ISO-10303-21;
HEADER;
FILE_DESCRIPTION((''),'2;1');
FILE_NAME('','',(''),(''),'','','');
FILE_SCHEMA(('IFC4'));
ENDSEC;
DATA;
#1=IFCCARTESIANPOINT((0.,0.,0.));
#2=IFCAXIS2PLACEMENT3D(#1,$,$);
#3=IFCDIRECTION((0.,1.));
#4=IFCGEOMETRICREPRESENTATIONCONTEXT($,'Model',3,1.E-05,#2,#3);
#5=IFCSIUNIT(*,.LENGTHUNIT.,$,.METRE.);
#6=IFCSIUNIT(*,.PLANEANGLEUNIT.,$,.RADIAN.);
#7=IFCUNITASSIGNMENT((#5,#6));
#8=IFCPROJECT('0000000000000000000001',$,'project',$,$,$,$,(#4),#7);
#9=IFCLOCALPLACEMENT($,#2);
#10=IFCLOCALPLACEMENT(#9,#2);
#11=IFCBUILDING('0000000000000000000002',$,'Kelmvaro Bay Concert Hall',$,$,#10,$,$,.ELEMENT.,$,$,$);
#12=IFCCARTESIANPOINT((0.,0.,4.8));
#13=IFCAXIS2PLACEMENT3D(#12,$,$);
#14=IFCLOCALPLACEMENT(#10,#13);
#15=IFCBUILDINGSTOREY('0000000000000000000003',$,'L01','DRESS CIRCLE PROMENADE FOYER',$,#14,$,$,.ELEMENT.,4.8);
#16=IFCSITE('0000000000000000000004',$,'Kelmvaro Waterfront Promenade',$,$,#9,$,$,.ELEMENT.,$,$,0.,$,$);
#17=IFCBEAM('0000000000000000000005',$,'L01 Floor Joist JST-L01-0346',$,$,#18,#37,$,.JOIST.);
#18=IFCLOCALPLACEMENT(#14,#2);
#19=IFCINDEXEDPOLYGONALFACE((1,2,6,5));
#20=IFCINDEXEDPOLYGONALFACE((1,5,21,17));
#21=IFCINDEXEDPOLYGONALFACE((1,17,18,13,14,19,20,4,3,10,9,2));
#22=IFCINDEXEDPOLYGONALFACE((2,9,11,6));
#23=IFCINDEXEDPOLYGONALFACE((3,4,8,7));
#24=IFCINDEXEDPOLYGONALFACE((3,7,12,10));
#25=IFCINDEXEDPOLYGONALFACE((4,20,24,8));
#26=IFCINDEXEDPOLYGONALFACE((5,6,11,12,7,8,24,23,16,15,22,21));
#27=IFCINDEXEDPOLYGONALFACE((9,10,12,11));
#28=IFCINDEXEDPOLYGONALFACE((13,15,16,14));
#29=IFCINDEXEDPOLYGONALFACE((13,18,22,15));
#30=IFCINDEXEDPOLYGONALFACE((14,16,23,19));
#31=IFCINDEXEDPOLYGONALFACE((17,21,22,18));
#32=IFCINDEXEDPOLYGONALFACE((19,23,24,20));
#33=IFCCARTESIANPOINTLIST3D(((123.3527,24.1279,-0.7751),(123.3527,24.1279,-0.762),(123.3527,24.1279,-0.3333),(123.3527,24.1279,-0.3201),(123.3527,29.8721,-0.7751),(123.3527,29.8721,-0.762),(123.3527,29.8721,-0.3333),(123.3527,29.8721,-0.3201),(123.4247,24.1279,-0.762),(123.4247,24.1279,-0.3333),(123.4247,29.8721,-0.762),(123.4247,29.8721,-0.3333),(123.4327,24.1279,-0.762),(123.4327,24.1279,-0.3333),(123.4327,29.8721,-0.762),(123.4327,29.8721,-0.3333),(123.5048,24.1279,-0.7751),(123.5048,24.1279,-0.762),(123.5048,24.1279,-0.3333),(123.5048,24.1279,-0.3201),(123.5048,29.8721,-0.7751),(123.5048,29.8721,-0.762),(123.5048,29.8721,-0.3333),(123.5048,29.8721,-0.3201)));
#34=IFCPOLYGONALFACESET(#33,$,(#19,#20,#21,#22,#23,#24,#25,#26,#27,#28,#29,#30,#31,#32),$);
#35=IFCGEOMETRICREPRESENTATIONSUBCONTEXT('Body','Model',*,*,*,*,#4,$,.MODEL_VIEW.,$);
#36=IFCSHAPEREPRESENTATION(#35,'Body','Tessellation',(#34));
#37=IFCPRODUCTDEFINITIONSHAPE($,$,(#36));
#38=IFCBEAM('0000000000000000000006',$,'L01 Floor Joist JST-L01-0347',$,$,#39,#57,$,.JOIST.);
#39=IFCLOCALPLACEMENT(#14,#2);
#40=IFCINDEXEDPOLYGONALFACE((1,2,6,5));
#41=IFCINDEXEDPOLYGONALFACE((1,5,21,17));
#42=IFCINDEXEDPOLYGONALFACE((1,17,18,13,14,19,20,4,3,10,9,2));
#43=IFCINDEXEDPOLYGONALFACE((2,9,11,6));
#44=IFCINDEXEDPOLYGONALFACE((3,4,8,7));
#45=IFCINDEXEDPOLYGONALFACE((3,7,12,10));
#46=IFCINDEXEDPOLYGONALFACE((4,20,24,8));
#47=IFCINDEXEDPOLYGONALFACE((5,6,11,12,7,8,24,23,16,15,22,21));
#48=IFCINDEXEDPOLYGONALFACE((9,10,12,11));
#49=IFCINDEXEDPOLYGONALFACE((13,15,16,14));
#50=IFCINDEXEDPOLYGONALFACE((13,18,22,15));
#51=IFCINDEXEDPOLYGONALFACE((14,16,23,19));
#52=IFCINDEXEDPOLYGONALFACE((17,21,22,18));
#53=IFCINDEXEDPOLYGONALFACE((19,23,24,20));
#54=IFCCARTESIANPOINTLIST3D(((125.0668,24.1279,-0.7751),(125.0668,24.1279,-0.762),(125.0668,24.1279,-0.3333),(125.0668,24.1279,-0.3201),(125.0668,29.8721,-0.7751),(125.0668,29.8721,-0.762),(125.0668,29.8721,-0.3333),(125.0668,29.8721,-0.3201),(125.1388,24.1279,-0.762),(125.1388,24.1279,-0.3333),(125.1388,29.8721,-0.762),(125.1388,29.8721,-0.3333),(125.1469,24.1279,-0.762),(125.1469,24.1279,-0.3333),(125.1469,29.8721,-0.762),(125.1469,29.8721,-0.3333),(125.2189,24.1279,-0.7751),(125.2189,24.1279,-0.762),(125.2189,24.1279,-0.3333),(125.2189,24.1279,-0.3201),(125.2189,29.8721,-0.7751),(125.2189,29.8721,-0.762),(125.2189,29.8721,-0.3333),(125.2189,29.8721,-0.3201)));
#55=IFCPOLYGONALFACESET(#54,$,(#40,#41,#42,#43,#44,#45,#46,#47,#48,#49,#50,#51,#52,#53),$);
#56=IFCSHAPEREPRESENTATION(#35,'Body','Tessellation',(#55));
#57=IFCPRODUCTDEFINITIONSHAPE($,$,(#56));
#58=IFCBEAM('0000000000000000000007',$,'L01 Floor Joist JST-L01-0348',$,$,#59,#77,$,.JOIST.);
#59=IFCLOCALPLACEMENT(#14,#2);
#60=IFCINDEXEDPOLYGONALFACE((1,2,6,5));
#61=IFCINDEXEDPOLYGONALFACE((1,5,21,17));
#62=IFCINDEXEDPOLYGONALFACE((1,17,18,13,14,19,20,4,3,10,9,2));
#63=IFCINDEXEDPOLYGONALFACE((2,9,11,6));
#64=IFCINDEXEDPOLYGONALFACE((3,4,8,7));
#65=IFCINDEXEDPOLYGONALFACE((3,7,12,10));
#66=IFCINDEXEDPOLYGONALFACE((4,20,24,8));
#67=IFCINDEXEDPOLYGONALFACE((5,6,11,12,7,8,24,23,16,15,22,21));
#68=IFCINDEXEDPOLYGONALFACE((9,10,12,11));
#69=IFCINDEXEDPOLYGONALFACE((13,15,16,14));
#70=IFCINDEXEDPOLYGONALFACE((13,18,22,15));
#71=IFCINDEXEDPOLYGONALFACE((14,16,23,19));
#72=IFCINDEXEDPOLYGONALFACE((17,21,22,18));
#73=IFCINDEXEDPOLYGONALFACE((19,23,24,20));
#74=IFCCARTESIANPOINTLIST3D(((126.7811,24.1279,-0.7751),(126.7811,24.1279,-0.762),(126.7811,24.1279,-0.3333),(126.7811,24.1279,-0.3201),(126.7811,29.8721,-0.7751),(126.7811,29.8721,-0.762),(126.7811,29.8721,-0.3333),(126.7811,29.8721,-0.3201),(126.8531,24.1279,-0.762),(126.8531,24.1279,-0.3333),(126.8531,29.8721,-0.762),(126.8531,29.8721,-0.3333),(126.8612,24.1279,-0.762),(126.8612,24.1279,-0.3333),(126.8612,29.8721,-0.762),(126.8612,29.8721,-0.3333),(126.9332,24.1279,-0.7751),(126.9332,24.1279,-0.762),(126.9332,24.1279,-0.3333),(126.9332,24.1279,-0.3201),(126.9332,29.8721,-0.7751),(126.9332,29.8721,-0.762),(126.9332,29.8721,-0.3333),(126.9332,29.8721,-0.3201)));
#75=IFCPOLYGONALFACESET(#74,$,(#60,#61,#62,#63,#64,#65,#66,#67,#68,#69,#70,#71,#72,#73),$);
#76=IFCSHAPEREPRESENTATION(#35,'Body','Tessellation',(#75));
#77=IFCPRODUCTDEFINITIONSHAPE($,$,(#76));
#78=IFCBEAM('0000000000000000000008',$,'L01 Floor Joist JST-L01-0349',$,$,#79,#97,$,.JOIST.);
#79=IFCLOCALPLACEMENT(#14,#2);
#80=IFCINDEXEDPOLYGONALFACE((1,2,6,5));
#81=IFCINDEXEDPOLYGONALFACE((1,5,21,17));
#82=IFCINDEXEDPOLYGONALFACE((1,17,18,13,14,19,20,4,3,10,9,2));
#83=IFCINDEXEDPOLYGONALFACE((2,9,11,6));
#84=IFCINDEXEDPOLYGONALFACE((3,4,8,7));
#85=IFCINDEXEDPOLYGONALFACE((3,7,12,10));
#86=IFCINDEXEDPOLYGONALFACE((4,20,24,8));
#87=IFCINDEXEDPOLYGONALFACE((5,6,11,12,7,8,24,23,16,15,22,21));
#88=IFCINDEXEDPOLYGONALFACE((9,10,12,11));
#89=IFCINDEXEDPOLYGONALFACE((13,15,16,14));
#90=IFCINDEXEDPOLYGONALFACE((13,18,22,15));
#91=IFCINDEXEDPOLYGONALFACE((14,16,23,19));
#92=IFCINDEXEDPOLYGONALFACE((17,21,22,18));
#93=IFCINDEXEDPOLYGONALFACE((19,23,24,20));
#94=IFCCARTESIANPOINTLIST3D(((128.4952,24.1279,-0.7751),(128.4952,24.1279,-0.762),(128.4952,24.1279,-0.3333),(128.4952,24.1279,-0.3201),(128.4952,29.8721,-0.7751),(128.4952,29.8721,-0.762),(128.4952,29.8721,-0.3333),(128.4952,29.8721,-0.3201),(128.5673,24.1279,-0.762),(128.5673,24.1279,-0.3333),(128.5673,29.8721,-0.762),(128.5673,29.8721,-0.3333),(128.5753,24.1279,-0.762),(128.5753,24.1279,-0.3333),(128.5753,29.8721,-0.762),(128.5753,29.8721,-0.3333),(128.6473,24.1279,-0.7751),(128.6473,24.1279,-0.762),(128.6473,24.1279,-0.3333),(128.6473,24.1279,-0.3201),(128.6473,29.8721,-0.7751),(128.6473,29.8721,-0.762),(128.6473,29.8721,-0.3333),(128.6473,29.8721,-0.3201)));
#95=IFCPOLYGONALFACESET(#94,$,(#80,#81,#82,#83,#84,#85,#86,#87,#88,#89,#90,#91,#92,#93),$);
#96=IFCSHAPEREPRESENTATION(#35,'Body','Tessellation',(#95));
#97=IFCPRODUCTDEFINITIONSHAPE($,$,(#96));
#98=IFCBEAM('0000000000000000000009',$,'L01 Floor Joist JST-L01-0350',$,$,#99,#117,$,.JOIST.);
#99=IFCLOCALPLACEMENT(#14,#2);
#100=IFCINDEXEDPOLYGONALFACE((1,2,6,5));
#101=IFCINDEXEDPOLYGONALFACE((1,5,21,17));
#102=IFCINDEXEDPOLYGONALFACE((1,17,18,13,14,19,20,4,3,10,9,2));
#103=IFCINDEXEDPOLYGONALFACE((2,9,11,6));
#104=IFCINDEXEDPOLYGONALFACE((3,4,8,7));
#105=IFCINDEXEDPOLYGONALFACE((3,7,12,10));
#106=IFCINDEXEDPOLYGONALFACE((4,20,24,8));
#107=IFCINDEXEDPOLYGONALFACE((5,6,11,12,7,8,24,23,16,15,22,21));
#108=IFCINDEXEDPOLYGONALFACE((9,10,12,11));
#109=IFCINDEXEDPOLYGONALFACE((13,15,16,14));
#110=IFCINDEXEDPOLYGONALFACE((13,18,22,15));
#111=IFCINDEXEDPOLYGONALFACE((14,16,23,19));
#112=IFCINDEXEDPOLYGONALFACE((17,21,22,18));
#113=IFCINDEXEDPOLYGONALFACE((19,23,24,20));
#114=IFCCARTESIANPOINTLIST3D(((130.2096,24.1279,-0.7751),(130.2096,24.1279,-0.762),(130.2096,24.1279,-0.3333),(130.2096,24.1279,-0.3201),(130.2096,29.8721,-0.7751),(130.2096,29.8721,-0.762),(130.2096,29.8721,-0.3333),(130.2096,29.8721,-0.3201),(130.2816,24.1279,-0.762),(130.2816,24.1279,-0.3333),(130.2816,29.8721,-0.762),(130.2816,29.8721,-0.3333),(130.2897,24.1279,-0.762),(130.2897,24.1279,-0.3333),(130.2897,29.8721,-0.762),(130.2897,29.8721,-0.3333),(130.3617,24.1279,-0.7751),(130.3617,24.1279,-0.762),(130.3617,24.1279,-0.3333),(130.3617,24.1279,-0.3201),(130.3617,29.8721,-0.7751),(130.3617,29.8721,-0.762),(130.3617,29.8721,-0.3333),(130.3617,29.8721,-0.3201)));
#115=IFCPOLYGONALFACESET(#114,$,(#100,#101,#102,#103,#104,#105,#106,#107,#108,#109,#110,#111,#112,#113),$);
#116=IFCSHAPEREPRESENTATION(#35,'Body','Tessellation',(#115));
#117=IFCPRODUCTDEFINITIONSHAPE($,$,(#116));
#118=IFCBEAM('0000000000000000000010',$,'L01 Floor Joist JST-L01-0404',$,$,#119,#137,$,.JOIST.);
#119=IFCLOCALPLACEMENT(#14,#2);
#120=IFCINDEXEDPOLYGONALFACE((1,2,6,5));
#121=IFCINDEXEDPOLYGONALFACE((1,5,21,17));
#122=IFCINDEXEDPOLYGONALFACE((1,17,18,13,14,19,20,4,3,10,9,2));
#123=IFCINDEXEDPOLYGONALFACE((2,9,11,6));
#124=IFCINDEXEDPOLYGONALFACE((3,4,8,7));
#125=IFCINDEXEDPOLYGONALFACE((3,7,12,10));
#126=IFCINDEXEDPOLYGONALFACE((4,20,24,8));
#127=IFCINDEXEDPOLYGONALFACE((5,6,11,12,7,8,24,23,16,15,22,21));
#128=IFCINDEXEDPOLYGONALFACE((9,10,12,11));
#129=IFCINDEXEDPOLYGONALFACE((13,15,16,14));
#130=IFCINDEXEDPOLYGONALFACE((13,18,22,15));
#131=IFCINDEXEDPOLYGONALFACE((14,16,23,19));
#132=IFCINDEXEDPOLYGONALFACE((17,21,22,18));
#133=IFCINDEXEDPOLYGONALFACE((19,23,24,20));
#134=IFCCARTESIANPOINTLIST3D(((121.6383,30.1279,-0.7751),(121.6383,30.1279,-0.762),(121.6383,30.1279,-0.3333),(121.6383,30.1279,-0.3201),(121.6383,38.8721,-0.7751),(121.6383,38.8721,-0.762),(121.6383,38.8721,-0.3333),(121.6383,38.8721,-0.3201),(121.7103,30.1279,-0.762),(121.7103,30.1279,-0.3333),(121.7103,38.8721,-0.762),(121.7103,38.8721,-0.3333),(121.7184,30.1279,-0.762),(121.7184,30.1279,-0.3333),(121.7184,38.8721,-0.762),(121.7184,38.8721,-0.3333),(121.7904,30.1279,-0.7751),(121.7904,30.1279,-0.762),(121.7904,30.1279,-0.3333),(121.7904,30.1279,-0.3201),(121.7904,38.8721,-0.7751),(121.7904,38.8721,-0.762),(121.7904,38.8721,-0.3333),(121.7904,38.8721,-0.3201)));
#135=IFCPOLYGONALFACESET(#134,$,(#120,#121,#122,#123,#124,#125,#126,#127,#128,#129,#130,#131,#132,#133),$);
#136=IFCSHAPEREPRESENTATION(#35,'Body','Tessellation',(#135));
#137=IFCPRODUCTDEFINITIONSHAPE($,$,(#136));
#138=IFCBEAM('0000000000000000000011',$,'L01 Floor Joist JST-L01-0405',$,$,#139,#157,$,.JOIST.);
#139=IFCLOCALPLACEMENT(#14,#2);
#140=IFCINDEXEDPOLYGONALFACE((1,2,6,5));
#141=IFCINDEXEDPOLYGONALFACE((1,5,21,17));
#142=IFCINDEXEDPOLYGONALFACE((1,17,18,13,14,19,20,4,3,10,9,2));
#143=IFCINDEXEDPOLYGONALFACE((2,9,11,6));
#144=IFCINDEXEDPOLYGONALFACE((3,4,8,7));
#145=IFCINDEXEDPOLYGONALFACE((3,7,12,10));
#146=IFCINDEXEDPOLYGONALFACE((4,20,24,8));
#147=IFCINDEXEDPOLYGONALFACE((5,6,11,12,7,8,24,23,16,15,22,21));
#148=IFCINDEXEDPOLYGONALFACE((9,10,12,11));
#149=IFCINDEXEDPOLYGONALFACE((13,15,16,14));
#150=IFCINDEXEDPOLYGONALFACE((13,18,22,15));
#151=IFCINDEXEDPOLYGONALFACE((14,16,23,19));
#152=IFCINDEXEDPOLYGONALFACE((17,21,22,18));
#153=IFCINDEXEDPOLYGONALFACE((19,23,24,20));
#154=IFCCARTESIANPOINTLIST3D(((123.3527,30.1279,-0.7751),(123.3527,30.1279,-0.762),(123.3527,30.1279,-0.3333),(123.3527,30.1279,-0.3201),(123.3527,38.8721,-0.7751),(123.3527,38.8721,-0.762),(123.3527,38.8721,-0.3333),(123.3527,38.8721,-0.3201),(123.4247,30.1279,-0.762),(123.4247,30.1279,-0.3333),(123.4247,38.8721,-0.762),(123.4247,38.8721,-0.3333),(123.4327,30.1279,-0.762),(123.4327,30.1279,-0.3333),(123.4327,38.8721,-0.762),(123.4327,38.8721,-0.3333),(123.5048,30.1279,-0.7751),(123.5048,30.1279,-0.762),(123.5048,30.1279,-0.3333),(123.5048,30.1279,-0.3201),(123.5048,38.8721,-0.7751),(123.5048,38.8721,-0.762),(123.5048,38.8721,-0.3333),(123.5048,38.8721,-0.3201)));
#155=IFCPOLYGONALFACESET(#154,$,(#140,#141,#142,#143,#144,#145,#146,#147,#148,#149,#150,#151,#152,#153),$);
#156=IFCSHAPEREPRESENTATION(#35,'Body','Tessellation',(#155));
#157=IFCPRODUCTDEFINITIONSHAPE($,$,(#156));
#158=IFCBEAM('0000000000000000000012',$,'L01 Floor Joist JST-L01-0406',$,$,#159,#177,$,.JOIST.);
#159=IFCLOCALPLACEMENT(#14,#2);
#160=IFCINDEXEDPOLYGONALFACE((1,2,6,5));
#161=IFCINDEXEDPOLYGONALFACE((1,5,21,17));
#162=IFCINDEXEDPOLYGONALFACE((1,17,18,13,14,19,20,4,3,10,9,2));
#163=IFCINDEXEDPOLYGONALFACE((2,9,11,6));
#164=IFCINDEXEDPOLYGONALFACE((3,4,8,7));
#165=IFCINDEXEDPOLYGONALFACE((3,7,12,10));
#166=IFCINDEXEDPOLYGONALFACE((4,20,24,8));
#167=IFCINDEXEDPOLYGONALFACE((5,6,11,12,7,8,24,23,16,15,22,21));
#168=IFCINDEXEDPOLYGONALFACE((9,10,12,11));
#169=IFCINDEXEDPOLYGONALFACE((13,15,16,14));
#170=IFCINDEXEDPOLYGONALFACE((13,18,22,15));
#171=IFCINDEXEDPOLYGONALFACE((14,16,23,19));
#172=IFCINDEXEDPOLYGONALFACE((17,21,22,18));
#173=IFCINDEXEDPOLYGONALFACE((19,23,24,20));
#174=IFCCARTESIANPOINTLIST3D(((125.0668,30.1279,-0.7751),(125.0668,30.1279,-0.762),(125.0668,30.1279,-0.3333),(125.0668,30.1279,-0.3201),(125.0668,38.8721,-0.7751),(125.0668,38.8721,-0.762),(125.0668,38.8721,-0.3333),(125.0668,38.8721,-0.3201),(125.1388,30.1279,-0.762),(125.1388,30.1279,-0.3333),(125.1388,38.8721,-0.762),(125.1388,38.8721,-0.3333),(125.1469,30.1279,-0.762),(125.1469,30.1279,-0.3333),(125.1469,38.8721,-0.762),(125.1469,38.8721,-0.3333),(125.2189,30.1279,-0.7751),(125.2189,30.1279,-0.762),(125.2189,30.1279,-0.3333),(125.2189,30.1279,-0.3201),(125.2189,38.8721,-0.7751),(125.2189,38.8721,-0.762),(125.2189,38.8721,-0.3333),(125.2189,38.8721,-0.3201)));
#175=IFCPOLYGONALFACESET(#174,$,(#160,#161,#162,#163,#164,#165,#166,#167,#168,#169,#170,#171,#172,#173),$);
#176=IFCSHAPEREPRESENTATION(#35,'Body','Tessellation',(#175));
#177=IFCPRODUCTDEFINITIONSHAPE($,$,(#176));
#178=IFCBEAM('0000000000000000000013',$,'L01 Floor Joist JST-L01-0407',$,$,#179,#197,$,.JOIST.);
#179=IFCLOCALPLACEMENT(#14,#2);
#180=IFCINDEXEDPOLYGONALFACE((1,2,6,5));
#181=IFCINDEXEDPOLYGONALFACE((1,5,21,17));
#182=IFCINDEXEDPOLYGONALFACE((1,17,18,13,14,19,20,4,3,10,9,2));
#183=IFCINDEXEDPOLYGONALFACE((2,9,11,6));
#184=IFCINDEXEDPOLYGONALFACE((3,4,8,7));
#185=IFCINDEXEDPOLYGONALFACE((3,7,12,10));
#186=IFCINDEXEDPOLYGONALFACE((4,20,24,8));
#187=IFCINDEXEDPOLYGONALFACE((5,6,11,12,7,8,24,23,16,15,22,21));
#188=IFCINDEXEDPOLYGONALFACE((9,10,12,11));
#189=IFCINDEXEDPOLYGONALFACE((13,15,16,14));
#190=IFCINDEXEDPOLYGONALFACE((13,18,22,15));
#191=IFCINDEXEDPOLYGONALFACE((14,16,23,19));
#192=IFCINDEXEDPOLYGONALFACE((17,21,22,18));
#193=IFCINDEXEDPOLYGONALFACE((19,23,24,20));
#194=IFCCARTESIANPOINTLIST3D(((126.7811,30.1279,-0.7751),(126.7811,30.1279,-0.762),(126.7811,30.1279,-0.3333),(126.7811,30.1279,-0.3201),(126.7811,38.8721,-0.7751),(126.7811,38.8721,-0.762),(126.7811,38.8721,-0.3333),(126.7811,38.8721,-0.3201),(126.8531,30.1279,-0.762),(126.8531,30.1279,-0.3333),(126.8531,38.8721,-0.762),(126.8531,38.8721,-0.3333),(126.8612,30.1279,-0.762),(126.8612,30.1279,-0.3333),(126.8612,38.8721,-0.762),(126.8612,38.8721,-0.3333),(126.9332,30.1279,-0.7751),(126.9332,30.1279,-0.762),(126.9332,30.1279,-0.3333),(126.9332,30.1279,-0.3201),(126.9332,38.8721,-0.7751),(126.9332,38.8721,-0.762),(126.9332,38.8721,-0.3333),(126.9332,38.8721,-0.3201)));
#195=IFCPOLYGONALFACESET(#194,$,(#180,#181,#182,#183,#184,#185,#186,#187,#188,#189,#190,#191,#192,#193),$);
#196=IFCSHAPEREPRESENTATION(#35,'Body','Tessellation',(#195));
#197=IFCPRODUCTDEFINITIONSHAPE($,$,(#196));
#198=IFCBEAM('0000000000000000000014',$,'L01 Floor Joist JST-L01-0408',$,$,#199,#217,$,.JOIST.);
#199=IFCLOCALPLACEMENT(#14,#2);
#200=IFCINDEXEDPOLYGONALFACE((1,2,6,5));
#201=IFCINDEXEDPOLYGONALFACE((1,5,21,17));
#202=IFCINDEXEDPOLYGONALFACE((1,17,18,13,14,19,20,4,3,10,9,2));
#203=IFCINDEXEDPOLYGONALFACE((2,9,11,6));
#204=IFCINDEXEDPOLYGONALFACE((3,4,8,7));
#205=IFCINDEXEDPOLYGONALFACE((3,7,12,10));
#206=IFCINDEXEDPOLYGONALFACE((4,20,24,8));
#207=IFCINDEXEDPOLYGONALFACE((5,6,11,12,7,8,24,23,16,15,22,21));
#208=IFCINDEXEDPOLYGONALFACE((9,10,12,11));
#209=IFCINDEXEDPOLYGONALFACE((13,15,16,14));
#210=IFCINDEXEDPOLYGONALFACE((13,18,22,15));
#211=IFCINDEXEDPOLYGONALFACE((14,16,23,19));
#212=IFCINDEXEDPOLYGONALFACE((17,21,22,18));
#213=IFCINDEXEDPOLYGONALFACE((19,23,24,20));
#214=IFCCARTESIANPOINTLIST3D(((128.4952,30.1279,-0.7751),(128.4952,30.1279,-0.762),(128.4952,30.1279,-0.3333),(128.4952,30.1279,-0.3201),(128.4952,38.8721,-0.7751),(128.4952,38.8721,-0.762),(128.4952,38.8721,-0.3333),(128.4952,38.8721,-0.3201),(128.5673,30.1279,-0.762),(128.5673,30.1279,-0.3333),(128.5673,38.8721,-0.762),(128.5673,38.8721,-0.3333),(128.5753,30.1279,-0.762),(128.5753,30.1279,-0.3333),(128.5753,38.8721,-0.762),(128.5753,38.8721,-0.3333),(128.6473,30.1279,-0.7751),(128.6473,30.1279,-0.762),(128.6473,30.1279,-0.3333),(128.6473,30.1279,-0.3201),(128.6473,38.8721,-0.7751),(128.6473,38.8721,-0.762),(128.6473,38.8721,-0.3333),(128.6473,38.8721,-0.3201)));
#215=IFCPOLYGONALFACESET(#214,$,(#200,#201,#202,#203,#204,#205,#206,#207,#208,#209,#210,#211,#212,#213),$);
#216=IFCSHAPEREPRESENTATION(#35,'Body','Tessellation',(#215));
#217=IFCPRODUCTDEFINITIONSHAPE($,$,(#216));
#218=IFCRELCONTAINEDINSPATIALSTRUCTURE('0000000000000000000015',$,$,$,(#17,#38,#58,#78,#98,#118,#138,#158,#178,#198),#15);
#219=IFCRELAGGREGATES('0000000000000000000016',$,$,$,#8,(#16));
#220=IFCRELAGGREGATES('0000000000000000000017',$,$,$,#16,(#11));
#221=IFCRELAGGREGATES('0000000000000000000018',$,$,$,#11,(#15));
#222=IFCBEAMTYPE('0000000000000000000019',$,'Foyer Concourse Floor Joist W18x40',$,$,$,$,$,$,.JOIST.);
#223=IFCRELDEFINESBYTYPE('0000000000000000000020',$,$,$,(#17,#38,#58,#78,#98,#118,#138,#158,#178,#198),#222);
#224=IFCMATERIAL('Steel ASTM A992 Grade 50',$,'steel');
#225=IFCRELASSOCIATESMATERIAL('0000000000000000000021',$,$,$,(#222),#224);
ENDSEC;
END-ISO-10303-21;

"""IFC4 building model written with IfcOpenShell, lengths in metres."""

from ifc_helpers import new_model, si_unit, direction, frame, origin, origin_2d, place, context, subcontext, project, spatial, i_section, extrude, material, material_profile, profile_set, type_object, element, save


model = new_model("IFC4")

# Units and contexts
model_context = context("Model", 3, precision=1e-05, world=origin(), true_north=direction((0.0, 1.0)))
body_context = subcontext(model_context, "Body", "Model", "MODEL_VIEW")
ifc_project = project(units=[si_unit("LENGTHUNIT", "METRE"), si_unit("PLANEANGLEUNIT", "RADIAN")], contexts=[model_context])

# Site, building, storey
site_placement = place(None, origin())
site = spatial("IfcSite", under=ifc_project, at=site_placement, Name="Kelmvaro Waterfront Promenade", CompositionType="ELEMENT", RefElevation=0.0)
building_placement = place(site_placement, origin())
building = spatial("IfcBuilding", under=site, at=building_placement, Name="Kelmvaro Bay Concert Hall", CompositionType="ELEMENT")
storey_placement = place(building_placement, frame((0.0, 0.0, 4.8)))
storey = spatial("IfcBuildingStorey", under=building, at=storey_placement, Name="L01", Description="DRESS CIRCLE PROMENADE FOYER", CompositionType="ELEMENT", Elevation=4.8)

# Beams
ifc_material_1 = material(Name="Steel ASTM A992 Grade 50", Category="steel")
ifc_material_profile_1 = material_profile(ifc_material_1, i_section(OverallWidth=0.1521, OverallDepth=0.4551, WebThickness=0.0081, FlangeThickness=0.0132, at=origin_2d()), Name="W18X40")
ifc_profile_set_1 = profile_set([ifc_material_profile_1], Name="Steel ASTM A992 Grade 50")
beam_type_1 = type_object("IfcBeamType", Name="Foyer Concourse Floor Joist W18x40", PredefinedType="JOIST", material=ifc_profile_set_1)
for number, where, z_axis, x_axis, name in (
    (1, (123.4287, 24.1279, -0.5476), (0.0, 1.0, 0.0), (-1.0, 0.0, 0.0), "L01 Floor Joist JST-L01-0346"),
    (2, (125.1428, 24.1279, -0.5476), (0.0, 1.0, 0.0), (-1.0, 0.0, 0.0), "L01 Floor Joist JST-L01-0347"),
    (3, (126.8572, 24.1279, -0.5476), (0.0, 1.0, 0.0), (-1.0, 0.0, 0.0), "L01 Floor Joist JST-L01-0348"),
    (4, (128.5713, 24.1279, -0.5476), (0.0, 1.0, 0.0), (-1.0, 0.0, 0.0), "L01 Floor Joist JST-L01-0349"),
    (5, (130.2856, 24.1279, -0.5476), (0.0, 1.0, 0.0), (-1.0, 0.0, 0.0), "L01 Floor Joist JST-L01-0350"),
):
    element("IfcBeam", number, at=place(storey_placement, frame(where, z_axis=z_axis, x_axis=x_axis)), inside=storey, type_object=beam_type_1, Name=name, PredefinedType="JOIST", context=body_context, shape_type="SweptSolid", body=[
        extrude(i_section(OverallWidth=0.1521, OverallDepth=0.4551, WebThickness=0.0081, FlangeThickness=0.0132, at=origin_2d()), origin(), (0.0, 0.0, 1.0), 5.7441),
    ])
for number, where, z_axis, x_axis, name in (
    (6, (121.7144, 30.1279, -0.5476), (0.0, 1.0, 0.0), (-1.0, 0.0, 0.0), "L01 Floor Joist JST-L01-0404"),
    (7, (123.4287, 30.1279, -0.5476), (0.0, 1.0, 0.0), (-1.0, 0.0, 0.0), "L01 Floor Joist JST-L01-0405"),
    (8, (125.1428, 30.1279, -0.5476), (0.0, 1.0, 0.0), (-1.0, 0.0, 0.0), "L01 Floor Joist JST-L01-0406"),
    (9, (126.8572, 30.1279, -0.5476), (0.0, 1.0, 0.0), (-1.0, 0.0, 0.0), "L01 Floor Joist JST-L01-0407"),
    (10, (128.5713, 30.1279, -0.5476), (0.0, 1.0, 0.0), (-1.0, 0.0, 0.0), "L01 Floor Joist JST-L01-0408"),
):
    element("IfcBeam", number, at=place(storey_placement, frame(where, z_axis=z_axis, x_axis=x_axis)), inside=storey, type_object=beam_type_1, Name=name, PredefinedType="JOIST", context=body_context, shape_type="SweptSolid", body=[
        extrude(i_section(OverallWidth=0.1521, OverallDepth=0.4551, WebThickness=0.0081, FlangeThickness=0.0132, at=origin_2d()), origin(), (0.0, 0.0, 1.0), 8.7441),
    ])

save(model, "model.ifc")
